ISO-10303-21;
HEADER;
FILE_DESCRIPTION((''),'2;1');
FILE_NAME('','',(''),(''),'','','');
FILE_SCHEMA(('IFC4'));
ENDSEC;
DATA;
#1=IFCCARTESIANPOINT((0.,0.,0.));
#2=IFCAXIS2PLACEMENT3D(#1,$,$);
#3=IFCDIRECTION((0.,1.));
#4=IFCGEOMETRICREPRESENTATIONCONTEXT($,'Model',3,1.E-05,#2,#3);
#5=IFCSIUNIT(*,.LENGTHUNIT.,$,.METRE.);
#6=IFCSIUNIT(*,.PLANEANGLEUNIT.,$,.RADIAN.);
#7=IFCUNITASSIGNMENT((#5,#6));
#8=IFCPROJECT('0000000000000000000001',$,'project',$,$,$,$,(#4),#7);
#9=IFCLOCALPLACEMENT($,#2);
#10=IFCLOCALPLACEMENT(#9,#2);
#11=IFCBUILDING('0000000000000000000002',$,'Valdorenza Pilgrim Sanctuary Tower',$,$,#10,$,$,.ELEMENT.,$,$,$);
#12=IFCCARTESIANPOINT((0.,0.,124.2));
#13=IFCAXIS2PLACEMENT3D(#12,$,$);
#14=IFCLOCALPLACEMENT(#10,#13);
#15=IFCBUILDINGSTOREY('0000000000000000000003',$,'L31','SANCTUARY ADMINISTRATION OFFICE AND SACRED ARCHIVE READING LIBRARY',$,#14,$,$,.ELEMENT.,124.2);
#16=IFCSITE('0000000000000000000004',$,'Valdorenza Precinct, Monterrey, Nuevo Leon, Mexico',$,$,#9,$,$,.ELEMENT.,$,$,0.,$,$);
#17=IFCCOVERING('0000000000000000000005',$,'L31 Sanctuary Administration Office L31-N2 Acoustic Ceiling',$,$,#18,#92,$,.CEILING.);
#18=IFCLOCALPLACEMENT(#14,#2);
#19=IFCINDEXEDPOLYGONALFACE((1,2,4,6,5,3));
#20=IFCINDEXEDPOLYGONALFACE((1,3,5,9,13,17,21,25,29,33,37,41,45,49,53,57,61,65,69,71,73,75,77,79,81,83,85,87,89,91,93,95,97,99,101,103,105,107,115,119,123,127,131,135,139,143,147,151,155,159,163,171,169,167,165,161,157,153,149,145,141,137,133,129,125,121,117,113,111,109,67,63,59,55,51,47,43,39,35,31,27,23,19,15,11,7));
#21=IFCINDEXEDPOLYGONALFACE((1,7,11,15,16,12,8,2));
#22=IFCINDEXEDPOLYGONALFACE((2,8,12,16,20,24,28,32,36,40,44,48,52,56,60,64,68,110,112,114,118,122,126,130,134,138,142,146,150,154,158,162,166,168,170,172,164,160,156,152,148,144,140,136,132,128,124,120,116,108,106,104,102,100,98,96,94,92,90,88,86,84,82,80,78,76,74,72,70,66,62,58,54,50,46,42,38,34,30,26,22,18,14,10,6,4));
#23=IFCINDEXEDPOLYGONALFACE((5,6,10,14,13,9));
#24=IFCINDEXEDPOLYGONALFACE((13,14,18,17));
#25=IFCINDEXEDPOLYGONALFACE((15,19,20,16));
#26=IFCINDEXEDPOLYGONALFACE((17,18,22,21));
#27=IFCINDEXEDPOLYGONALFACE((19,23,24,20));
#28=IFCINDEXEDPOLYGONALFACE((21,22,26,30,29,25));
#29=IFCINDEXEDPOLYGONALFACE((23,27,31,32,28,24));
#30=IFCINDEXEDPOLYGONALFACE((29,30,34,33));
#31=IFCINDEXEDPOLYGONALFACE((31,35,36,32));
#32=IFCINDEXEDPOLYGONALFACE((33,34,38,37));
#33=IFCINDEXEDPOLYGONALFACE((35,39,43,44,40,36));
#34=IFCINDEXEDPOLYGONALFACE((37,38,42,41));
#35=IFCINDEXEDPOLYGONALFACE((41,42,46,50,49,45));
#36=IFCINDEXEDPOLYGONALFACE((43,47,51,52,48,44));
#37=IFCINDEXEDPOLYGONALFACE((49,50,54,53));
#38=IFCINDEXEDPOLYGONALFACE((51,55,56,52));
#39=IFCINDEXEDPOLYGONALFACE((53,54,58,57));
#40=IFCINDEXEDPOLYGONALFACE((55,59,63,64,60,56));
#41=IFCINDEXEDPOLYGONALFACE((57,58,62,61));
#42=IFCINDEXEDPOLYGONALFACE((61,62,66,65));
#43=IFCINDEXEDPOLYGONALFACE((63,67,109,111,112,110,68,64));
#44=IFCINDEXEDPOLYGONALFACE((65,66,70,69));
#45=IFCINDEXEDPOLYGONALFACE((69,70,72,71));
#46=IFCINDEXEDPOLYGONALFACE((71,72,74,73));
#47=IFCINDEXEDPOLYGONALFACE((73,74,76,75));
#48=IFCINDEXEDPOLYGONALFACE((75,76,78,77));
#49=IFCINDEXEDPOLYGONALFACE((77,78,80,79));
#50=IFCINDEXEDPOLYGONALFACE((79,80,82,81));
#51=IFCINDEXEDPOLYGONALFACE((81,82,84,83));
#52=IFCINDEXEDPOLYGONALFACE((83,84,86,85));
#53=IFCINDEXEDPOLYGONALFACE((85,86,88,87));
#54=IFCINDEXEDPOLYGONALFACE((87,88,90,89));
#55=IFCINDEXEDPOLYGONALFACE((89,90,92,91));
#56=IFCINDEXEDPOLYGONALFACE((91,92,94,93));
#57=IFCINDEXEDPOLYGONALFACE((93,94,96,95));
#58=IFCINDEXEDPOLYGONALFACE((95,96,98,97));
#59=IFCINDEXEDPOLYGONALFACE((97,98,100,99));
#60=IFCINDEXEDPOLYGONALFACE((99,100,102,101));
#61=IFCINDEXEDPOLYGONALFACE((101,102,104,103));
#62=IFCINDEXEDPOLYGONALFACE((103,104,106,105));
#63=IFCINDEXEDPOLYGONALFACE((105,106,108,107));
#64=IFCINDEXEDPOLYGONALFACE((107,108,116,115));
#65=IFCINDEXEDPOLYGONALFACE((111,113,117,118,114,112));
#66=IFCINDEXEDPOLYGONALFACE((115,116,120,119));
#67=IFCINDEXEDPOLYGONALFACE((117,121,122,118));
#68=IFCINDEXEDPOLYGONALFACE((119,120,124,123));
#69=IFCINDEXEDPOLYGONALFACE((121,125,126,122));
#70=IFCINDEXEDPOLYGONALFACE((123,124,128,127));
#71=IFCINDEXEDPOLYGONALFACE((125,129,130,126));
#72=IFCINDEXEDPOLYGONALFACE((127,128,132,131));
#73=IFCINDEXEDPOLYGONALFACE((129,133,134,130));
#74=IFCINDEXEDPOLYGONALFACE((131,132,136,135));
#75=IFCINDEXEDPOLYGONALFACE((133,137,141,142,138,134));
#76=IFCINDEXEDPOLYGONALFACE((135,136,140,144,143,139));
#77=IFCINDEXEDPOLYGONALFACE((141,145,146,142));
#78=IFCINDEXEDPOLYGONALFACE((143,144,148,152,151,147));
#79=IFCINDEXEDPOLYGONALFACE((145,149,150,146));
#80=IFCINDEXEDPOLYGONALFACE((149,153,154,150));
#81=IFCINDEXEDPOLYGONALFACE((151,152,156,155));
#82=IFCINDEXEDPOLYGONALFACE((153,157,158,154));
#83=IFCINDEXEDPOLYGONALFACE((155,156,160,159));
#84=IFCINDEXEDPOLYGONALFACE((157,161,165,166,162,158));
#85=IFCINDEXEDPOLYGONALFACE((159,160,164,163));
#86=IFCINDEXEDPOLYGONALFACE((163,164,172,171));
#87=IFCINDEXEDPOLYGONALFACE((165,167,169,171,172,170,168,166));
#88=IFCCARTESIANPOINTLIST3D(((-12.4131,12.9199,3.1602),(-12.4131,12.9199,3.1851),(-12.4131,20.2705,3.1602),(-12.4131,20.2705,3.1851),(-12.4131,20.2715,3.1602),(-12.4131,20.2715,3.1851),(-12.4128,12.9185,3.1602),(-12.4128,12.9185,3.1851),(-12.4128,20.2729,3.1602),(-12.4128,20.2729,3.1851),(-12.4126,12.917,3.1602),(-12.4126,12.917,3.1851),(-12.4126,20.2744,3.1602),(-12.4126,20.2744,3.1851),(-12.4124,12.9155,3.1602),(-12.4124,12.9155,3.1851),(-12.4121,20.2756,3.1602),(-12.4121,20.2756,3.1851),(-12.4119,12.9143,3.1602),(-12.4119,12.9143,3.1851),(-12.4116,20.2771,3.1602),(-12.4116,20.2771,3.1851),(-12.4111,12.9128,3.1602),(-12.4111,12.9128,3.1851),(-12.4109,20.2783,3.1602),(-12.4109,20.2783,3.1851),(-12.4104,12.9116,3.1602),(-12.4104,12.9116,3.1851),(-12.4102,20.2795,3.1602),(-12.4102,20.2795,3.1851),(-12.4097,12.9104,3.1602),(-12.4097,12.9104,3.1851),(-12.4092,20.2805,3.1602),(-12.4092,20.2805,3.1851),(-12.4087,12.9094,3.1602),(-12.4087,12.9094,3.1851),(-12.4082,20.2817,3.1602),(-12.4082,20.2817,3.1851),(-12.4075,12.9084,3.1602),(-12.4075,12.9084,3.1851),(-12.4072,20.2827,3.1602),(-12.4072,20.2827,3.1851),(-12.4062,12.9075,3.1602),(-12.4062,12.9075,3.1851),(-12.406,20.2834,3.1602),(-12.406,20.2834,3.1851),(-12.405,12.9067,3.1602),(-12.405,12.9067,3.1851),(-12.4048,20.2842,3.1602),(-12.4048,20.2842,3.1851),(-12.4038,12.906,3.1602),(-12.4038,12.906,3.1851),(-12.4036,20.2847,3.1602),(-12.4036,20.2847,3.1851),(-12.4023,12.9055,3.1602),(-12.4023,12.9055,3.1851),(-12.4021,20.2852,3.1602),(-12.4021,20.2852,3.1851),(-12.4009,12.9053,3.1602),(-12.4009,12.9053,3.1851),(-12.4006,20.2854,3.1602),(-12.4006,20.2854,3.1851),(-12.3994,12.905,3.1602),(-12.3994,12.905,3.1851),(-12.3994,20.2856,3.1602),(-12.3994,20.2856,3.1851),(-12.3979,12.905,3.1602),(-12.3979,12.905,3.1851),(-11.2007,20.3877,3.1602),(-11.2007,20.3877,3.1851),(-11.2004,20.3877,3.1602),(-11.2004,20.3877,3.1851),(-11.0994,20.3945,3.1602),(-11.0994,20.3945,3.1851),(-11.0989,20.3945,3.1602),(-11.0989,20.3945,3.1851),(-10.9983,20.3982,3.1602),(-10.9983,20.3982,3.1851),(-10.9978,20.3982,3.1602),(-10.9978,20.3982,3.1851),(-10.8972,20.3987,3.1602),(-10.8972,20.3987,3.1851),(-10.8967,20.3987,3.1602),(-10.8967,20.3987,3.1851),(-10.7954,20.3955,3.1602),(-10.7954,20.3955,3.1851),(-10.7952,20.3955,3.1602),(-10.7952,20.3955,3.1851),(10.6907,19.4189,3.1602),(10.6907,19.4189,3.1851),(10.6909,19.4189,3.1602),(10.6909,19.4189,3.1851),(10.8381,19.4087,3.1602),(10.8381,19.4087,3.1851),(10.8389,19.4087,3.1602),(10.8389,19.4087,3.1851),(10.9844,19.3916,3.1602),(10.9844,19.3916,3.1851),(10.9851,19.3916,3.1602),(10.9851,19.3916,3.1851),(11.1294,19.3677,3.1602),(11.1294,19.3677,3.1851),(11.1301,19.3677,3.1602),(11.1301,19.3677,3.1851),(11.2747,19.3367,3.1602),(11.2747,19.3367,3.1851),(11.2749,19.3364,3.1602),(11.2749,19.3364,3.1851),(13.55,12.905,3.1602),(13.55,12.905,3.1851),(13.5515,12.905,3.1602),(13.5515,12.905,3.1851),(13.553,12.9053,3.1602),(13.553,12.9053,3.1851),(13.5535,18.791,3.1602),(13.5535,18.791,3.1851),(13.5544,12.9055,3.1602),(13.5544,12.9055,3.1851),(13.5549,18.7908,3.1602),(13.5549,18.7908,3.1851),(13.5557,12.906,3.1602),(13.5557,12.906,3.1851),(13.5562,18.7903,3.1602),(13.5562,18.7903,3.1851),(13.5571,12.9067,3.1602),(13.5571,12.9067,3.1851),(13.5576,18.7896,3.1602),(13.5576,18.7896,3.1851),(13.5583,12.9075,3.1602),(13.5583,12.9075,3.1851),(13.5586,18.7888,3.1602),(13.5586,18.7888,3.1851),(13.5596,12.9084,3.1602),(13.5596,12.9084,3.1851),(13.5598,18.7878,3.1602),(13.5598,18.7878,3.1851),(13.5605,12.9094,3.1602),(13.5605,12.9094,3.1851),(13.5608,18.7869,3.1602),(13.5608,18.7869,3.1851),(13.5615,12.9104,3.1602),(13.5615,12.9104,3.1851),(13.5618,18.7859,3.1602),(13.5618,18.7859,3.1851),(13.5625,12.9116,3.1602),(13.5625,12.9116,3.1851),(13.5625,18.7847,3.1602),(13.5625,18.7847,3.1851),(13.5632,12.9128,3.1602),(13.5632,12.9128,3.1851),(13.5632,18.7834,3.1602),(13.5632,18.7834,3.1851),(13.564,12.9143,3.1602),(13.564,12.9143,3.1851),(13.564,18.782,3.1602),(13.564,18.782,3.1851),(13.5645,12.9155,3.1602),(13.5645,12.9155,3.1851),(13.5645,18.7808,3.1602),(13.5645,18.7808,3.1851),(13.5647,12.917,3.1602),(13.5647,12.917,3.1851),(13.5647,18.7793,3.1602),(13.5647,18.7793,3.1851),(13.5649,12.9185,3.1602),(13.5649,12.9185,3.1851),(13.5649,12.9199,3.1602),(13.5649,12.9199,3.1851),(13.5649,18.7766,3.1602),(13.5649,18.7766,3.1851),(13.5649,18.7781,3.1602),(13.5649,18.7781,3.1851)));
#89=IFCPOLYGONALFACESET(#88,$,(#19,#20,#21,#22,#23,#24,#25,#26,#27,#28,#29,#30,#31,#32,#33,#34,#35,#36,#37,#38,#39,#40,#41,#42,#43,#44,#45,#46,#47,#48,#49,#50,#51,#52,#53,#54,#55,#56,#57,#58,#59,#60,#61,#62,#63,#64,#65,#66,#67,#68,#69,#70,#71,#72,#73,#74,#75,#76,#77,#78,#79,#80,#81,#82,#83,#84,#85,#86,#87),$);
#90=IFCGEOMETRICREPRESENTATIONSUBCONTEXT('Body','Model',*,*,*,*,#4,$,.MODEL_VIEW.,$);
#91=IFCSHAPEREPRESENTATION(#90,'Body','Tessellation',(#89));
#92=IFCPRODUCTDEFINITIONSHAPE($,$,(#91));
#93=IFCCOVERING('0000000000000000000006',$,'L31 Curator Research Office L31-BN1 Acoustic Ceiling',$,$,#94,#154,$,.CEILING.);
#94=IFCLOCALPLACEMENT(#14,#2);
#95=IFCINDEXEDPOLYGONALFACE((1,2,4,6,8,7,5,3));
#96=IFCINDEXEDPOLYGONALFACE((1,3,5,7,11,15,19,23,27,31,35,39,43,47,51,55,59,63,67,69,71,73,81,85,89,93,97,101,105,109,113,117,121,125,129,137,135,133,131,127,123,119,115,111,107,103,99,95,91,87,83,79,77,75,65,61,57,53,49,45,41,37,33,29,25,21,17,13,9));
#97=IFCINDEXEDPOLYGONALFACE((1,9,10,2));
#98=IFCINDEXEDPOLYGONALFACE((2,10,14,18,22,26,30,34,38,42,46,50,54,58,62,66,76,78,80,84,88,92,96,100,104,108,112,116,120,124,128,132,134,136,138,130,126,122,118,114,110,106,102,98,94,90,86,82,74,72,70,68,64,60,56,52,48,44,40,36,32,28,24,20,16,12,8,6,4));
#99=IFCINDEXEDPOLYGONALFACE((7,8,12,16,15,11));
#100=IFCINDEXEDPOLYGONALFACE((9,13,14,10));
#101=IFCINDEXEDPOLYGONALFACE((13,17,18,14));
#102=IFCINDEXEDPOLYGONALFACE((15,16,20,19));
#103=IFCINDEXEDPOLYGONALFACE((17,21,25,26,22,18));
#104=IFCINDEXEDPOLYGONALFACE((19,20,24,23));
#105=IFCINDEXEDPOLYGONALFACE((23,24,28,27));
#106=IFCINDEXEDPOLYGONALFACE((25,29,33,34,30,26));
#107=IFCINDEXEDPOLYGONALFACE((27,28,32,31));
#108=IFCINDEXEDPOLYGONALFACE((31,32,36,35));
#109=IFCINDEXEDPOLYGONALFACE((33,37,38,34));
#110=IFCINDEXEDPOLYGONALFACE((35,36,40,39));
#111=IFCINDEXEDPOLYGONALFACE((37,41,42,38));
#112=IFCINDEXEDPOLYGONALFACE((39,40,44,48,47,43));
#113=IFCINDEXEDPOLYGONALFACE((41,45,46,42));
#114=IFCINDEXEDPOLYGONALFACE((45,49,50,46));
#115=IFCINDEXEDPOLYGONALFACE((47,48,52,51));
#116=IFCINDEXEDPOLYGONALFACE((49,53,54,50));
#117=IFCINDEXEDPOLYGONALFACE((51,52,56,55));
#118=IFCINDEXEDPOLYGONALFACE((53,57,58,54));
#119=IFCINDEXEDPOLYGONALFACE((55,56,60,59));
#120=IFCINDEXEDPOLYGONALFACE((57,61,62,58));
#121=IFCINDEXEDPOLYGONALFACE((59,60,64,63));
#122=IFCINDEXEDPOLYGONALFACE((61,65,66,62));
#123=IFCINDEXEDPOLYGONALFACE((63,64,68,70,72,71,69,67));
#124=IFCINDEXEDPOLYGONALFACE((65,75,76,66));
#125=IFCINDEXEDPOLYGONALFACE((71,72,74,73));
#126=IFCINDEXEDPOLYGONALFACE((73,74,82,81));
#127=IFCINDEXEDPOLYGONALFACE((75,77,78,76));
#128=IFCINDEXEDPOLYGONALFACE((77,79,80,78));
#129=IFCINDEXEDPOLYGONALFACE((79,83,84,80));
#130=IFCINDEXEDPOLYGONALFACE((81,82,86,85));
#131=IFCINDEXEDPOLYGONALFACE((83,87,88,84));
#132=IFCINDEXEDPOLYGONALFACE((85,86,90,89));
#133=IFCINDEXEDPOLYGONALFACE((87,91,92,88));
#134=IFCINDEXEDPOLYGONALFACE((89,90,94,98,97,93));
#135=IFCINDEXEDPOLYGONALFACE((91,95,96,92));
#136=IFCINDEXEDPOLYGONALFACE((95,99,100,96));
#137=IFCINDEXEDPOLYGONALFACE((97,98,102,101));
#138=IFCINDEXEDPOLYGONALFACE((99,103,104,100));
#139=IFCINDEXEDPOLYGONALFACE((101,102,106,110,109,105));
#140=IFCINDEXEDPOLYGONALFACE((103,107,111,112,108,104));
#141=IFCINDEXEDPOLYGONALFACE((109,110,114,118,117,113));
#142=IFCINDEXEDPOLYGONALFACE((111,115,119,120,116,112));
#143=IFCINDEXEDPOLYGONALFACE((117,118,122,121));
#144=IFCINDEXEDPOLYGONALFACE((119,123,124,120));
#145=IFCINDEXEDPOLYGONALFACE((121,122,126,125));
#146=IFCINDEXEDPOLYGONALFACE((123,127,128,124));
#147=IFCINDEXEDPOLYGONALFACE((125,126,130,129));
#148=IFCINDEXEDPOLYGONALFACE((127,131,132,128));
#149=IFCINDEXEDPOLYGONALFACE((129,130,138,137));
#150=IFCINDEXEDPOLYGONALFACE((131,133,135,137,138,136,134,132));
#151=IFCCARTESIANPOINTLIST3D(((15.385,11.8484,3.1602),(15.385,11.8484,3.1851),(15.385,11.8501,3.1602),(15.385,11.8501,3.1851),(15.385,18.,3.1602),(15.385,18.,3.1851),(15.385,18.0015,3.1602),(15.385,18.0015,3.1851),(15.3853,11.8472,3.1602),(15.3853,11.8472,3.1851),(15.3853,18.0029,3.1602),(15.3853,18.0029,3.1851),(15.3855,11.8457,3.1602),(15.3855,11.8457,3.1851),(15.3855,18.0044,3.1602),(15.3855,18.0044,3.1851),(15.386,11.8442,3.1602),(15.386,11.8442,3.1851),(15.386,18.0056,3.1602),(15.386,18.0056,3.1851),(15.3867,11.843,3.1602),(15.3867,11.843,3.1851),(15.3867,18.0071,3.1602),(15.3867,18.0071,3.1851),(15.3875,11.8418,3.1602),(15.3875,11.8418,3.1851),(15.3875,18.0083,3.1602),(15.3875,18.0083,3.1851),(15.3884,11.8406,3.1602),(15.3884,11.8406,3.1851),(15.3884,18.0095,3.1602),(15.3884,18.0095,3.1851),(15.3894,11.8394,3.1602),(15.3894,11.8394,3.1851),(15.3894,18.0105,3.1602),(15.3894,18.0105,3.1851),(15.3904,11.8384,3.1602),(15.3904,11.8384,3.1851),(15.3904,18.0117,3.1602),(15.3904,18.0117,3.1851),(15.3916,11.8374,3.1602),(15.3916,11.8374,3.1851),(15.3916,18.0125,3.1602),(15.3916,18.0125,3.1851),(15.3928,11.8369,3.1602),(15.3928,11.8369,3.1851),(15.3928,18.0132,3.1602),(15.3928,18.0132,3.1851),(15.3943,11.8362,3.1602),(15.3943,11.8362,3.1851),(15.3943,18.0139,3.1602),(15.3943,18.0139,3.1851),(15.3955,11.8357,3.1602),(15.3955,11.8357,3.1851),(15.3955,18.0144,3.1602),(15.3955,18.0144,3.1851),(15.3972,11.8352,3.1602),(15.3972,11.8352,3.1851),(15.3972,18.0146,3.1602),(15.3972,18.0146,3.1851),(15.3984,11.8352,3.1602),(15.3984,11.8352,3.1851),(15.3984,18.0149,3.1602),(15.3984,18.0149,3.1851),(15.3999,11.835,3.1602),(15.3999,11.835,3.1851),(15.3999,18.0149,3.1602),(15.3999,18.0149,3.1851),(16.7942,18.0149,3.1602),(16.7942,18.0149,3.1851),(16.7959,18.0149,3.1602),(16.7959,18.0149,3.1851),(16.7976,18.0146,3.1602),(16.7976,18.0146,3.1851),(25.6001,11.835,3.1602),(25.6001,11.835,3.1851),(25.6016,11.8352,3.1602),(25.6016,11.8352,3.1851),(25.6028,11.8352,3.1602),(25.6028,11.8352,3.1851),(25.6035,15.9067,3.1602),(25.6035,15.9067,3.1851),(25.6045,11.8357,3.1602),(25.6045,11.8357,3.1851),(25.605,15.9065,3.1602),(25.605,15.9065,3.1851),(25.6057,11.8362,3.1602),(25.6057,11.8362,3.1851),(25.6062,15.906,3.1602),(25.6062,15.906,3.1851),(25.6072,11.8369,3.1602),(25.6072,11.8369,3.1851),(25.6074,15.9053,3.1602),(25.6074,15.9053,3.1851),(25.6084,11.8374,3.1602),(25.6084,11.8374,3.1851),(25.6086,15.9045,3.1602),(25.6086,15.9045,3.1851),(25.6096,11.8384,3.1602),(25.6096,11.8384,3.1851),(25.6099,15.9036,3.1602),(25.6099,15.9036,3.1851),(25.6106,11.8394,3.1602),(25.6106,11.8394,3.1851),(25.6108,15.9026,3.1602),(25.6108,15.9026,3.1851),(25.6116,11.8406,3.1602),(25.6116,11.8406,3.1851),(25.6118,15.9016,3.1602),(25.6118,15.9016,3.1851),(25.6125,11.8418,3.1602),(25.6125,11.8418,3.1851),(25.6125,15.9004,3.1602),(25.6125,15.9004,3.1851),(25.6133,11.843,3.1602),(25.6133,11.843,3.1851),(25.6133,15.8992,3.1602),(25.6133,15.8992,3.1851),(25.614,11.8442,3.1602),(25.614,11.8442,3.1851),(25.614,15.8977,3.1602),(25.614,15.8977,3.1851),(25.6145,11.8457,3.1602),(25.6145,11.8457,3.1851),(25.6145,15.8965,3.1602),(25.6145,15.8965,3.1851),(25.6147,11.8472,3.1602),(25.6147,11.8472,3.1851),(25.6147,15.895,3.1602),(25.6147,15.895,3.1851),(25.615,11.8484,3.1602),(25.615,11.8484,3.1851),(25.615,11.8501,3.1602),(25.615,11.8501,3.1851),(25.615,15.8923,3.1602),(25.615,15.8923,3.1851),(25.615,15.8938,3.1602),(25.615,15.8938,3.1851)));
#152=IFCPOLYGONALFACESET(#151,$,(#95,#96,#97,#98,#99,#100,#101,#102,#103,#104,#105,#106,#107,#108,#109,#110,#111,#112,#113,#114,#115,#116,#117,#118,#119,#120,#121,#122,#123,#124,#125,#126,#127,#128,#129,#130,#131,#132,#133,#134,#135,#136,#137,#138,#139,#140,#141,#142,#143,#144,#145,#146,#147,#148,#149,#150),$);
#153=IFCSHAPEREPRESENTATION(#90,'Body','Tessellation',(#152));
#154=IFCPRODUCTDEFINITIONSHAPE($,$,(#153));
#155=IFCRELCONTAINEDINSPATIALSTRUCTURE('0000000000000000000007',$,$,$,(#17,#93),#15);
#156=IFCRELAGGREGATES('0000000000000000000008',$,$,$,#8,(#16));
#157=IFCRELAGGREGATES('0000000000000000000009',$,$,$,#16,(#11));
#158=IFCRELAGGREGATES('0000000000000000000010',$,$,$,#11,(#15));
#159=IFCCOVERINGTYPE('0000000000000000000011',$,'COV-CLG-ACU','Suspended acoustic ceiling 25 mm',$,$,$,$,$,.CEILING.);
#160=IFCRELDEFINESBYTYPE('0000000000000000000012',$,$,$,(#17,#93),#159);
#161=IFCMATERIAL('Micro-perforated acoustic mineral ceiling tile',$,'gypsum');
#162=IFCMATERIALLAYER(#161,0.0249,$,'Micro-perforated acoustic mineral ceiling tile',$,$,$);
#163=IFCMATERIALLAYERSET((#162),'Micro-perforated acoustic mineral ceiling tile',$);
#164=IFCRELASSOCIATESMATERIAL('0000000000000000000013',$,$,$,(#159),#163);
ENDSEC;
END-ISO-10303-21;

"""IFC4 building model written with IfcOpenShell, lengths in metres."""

from ifc_helpers import new_model, si_unit, direction, frame, origin, place, context, subcontext, project, spatial, polyline, outline, extrude, material, layer, layer_set, type_object, element, save


model = new_model("IFC4")

# Units and contexts
model_context = context("Model", 3, precision=1e-05, world=origin(), true_north=direction((0.0, 1.0)))
body_context = subcontext(model_context, "Body", "Model", "MODEL_VIEW")
ifc_project = project(units=[si_unit("LENGTHUNIT", "METRE"), si_unit("PLANEANGLEUNIT", "RADIAN")], contexts=[model_context])

# Site, building, storey
site_placement = place(None, origin())
site = spatial("IfcSite", under=ifc_project, at=site_placement, Name="Valdorenza Precinct, Monterrey, Nuevo Leon, Mexico", CompositionType="ELEMENT", RefElevation=0.0)
building_placement = place(site_placement, origin())
building = spatial("IfcBuilding", under=site, at=building_placement, Name="Valdorenza Pilgrim Sanctuary Tower", CompositionType="ELEMENT")
storey_placement = place(building_placement, frame((0.0, 0.0, 124.2)))
storey = spatial("IfcBuildingStorey", under=building, at=storey_placement, Name="L31", Description="SANCTUARY ADMINISTRATION OFFICE AND SACRED ARCHIVE READING LIBRARY", CompositionType="ELEMENT", Elevation=124.2)

# Coverings
ifc_material_1 = material(Name="Micro-perforated acoustic mineral ceiling tile", Category="gypsum")
ifc_layer_1 = layer(ifc_material_1, 0.0249, Name="Micro-perforated acoustic mineral ceiling tile")
ifc_layer_set_1 = layer_set([ifc_layer_1], Name="Micro-perforated acoustic mineral ceiling tile")
covering_type_1 = type_object("IfcCoveringType", Name="COV-CLG-ACU", Description="Suspended acoustic ceiling 25 mm", PredefinedType="CEILING", material=ifc_layer_set_1)
covering_1_placement = place(storey_placement, frame((0.0, 0.0, 3.1602)))
element("IfcCovering", 1, at=covering_1_placement, inside=storey, type_object=covering_type_1, Name="L31 Sanctuary Administration Office L31-N2 Acoustic Ceiling", PredefinedType="CEILING", context=body_context, shape_type="SweptSolid", body=[
    extrude(outline(polyline([(-12.4131, 20.2705), (-12.4131, 20.2715), (-12.4128, 20.2729), (-12.4126, 20.2744), (-12.4121, 20.2756), (-12.4116, 20.2771), (-12.4109, 20.2783), (-12.4102, 20.2795), (-12.4092, 20.2805), (-12.4082, 20.2817), (-12.4072, 20.2827), (-12.406, 20.2834), (-12.4048, 20.2842), (-12.4036, 20.2847), (-12.4021, 20.2852), (-12.4006, 20.2854), (-12.3994, 20.2856), (-11.2007, 20.3877), (-11.2004, 20.3877), (-11.0994, 20.3945), (-11.0989, 20.3945), (-10.9983, 20.3982), (-10.9978, 20.3982), (-10.8972, 20.3987), (-10.8967, 20.3987), (-10.7954, 20.3955), (-10.7952, 20.3955), (10.6907, 19.4189), (10.6909, 19.4189), (10.8381, 19.4087), (10.8389, 19.4087), (10.9844, 19.3916), (10.9851, 19.3916), (11.1294, 19.3677), (11.1301, 19.3677), (11.2747, 19.3367), (11.2749, 19.3364), (13.5535, 18.791), (13.5549, 18.7908), (13.5562, 18.7903), (13.5576, 18.7896), (13.5586, 18.7888), (13.5598, 18.7878), (13.5608, 18.7869), (13.5618, 18.7859), (13.5625, 18.7847), (13.5632, 18.7834), (13.564, 18.782), (13.5645, 18.7808), (13.5647, 18.7793), (13.5649, 18.7781), (13.5649, 18.7766), (13.5649, 12.9199), (13.5649, 12.9185), (13.5647, 12.917), (13.5645, 12.9155), (13.564, 12.9143), (13.5632, 12.9128), (13.5625, 12.9116), (13.5615, 12.9104), (13.5605, 12.9094), (13.5596, 12.9084), (13.5583, 12.9075), (13.5571, 12.9067), (13.5557, 12.906), (13.5544, 12.9055), (13.553, 12.9053), (13.5515, 12.905), (13.55, 12.905), (-12.3979, 12.905), (-12.3994, 12.905), (-12.4009, 12.9053), (-12.4023, 12.9055), (-12.4038, 12.906), (-12.405, 12.9067), (-12.4062, 12.9075), (-12.4075, 12.9084), (-12.4087, 12.9094), (-12.4097, 12.9104), (-12.4104, 12.9116), (-12.4111, 12.9128), (-12.4119, 12.9143), (-12.4124, 12.9155), (-12.4126, 12.917), (-12.4128, 12.9185), (-12.4131, 12.9199), (-12.4131, 20.2705), (-12.4131, 20.2705)])), origin(), (0.0, 0.0, 1.0), 0.0249),
])
covering_2_placement = place(storey_placement, frame((0.0, 0.0, 3.1602)))
element("IfcCovering", 2, at=covering_2_placement, inside=storey, type_object=covering_type_1, Name="L31 Curator Research Office L31-BN1 Acoustic Ceiling", PredefinedType="CEILING", context=body_context, shape_type="SweptSolid", body=[
    extrude(outline(polyline([(15.3999, 11.835), (15.3984, 11.8352), (15.3972, 11.8352), (15.3955, 11.8357), (15.3943, 11.8362), (15.3928, 11.8369), (15.3916, 11.8374), (15.3904, 11.8384), (15.3894, 11.8394), (15.3884, 11.8406), (15.3875, 11.8418), (15.3867, 11.843), (15.386, 11.8442), (15.3855, 11.8457), (15.3853, 11.8472), (15.385, 11.8484), (15.385, 11.8501), (15.385, 18.0), (15.385, 18.0015), (15.3853, 18.0029), (15.3855, 18.0044), (15.386, 18.0056), (15.3867, 18.0071), (15.3875, 18.0083), (15.3884, 18.0095), (15.3894, 18.0105), (15.3904, 18.0117), (15.3916, 18.0125), (15.3928, 18.0132), (15.3943, 18.0139), (15.3955, 18.0144), (15.3972, 18.0146), (15.3984, 18.0149), (15.3999, 18.0149), (16.7942, 18.0149), (16.7959, 18.0149), (16.7976, 18.0146), (25.6035, 15.9067), (25.605, 15.9065), (25.6062, 15.906), (25.6074, 15.9053), (25.6086, 15.9045), (25.6099, 15.9036), (25.6108, 15.9026), (25.6118, 15.9016), (25.6125, 15.9004), (25.6133, 15.8992), (25.614, 15.8977), (25.6145, 15.8965), (25.6147, 15.895), (25.615, 15.8938), (25.615, 15.8923), (25.615, 11.8501), (25.615, 11.8484), (25.6147, 11.8472), (25.6145, 11.8457), (25.614, 11.8442), (25.6133, 11.843), (25.6125, 11.8418), (25.6116, 11.8406), (25.6106, 11.8394), (25.6096, 11.8384), (25.6084, 11.8374), (25.6072, 11.8369), (25.6057, 11.8362), (25.6045, 11.8357), (25.6028, 11.8352), (25.6016, 11.8352), (25.6001, 11.835), (15.3999, 11.835)])), origin(), (0.0, 0.0, 1.0), 0.0249),
])

save(model, "model.ifc")
